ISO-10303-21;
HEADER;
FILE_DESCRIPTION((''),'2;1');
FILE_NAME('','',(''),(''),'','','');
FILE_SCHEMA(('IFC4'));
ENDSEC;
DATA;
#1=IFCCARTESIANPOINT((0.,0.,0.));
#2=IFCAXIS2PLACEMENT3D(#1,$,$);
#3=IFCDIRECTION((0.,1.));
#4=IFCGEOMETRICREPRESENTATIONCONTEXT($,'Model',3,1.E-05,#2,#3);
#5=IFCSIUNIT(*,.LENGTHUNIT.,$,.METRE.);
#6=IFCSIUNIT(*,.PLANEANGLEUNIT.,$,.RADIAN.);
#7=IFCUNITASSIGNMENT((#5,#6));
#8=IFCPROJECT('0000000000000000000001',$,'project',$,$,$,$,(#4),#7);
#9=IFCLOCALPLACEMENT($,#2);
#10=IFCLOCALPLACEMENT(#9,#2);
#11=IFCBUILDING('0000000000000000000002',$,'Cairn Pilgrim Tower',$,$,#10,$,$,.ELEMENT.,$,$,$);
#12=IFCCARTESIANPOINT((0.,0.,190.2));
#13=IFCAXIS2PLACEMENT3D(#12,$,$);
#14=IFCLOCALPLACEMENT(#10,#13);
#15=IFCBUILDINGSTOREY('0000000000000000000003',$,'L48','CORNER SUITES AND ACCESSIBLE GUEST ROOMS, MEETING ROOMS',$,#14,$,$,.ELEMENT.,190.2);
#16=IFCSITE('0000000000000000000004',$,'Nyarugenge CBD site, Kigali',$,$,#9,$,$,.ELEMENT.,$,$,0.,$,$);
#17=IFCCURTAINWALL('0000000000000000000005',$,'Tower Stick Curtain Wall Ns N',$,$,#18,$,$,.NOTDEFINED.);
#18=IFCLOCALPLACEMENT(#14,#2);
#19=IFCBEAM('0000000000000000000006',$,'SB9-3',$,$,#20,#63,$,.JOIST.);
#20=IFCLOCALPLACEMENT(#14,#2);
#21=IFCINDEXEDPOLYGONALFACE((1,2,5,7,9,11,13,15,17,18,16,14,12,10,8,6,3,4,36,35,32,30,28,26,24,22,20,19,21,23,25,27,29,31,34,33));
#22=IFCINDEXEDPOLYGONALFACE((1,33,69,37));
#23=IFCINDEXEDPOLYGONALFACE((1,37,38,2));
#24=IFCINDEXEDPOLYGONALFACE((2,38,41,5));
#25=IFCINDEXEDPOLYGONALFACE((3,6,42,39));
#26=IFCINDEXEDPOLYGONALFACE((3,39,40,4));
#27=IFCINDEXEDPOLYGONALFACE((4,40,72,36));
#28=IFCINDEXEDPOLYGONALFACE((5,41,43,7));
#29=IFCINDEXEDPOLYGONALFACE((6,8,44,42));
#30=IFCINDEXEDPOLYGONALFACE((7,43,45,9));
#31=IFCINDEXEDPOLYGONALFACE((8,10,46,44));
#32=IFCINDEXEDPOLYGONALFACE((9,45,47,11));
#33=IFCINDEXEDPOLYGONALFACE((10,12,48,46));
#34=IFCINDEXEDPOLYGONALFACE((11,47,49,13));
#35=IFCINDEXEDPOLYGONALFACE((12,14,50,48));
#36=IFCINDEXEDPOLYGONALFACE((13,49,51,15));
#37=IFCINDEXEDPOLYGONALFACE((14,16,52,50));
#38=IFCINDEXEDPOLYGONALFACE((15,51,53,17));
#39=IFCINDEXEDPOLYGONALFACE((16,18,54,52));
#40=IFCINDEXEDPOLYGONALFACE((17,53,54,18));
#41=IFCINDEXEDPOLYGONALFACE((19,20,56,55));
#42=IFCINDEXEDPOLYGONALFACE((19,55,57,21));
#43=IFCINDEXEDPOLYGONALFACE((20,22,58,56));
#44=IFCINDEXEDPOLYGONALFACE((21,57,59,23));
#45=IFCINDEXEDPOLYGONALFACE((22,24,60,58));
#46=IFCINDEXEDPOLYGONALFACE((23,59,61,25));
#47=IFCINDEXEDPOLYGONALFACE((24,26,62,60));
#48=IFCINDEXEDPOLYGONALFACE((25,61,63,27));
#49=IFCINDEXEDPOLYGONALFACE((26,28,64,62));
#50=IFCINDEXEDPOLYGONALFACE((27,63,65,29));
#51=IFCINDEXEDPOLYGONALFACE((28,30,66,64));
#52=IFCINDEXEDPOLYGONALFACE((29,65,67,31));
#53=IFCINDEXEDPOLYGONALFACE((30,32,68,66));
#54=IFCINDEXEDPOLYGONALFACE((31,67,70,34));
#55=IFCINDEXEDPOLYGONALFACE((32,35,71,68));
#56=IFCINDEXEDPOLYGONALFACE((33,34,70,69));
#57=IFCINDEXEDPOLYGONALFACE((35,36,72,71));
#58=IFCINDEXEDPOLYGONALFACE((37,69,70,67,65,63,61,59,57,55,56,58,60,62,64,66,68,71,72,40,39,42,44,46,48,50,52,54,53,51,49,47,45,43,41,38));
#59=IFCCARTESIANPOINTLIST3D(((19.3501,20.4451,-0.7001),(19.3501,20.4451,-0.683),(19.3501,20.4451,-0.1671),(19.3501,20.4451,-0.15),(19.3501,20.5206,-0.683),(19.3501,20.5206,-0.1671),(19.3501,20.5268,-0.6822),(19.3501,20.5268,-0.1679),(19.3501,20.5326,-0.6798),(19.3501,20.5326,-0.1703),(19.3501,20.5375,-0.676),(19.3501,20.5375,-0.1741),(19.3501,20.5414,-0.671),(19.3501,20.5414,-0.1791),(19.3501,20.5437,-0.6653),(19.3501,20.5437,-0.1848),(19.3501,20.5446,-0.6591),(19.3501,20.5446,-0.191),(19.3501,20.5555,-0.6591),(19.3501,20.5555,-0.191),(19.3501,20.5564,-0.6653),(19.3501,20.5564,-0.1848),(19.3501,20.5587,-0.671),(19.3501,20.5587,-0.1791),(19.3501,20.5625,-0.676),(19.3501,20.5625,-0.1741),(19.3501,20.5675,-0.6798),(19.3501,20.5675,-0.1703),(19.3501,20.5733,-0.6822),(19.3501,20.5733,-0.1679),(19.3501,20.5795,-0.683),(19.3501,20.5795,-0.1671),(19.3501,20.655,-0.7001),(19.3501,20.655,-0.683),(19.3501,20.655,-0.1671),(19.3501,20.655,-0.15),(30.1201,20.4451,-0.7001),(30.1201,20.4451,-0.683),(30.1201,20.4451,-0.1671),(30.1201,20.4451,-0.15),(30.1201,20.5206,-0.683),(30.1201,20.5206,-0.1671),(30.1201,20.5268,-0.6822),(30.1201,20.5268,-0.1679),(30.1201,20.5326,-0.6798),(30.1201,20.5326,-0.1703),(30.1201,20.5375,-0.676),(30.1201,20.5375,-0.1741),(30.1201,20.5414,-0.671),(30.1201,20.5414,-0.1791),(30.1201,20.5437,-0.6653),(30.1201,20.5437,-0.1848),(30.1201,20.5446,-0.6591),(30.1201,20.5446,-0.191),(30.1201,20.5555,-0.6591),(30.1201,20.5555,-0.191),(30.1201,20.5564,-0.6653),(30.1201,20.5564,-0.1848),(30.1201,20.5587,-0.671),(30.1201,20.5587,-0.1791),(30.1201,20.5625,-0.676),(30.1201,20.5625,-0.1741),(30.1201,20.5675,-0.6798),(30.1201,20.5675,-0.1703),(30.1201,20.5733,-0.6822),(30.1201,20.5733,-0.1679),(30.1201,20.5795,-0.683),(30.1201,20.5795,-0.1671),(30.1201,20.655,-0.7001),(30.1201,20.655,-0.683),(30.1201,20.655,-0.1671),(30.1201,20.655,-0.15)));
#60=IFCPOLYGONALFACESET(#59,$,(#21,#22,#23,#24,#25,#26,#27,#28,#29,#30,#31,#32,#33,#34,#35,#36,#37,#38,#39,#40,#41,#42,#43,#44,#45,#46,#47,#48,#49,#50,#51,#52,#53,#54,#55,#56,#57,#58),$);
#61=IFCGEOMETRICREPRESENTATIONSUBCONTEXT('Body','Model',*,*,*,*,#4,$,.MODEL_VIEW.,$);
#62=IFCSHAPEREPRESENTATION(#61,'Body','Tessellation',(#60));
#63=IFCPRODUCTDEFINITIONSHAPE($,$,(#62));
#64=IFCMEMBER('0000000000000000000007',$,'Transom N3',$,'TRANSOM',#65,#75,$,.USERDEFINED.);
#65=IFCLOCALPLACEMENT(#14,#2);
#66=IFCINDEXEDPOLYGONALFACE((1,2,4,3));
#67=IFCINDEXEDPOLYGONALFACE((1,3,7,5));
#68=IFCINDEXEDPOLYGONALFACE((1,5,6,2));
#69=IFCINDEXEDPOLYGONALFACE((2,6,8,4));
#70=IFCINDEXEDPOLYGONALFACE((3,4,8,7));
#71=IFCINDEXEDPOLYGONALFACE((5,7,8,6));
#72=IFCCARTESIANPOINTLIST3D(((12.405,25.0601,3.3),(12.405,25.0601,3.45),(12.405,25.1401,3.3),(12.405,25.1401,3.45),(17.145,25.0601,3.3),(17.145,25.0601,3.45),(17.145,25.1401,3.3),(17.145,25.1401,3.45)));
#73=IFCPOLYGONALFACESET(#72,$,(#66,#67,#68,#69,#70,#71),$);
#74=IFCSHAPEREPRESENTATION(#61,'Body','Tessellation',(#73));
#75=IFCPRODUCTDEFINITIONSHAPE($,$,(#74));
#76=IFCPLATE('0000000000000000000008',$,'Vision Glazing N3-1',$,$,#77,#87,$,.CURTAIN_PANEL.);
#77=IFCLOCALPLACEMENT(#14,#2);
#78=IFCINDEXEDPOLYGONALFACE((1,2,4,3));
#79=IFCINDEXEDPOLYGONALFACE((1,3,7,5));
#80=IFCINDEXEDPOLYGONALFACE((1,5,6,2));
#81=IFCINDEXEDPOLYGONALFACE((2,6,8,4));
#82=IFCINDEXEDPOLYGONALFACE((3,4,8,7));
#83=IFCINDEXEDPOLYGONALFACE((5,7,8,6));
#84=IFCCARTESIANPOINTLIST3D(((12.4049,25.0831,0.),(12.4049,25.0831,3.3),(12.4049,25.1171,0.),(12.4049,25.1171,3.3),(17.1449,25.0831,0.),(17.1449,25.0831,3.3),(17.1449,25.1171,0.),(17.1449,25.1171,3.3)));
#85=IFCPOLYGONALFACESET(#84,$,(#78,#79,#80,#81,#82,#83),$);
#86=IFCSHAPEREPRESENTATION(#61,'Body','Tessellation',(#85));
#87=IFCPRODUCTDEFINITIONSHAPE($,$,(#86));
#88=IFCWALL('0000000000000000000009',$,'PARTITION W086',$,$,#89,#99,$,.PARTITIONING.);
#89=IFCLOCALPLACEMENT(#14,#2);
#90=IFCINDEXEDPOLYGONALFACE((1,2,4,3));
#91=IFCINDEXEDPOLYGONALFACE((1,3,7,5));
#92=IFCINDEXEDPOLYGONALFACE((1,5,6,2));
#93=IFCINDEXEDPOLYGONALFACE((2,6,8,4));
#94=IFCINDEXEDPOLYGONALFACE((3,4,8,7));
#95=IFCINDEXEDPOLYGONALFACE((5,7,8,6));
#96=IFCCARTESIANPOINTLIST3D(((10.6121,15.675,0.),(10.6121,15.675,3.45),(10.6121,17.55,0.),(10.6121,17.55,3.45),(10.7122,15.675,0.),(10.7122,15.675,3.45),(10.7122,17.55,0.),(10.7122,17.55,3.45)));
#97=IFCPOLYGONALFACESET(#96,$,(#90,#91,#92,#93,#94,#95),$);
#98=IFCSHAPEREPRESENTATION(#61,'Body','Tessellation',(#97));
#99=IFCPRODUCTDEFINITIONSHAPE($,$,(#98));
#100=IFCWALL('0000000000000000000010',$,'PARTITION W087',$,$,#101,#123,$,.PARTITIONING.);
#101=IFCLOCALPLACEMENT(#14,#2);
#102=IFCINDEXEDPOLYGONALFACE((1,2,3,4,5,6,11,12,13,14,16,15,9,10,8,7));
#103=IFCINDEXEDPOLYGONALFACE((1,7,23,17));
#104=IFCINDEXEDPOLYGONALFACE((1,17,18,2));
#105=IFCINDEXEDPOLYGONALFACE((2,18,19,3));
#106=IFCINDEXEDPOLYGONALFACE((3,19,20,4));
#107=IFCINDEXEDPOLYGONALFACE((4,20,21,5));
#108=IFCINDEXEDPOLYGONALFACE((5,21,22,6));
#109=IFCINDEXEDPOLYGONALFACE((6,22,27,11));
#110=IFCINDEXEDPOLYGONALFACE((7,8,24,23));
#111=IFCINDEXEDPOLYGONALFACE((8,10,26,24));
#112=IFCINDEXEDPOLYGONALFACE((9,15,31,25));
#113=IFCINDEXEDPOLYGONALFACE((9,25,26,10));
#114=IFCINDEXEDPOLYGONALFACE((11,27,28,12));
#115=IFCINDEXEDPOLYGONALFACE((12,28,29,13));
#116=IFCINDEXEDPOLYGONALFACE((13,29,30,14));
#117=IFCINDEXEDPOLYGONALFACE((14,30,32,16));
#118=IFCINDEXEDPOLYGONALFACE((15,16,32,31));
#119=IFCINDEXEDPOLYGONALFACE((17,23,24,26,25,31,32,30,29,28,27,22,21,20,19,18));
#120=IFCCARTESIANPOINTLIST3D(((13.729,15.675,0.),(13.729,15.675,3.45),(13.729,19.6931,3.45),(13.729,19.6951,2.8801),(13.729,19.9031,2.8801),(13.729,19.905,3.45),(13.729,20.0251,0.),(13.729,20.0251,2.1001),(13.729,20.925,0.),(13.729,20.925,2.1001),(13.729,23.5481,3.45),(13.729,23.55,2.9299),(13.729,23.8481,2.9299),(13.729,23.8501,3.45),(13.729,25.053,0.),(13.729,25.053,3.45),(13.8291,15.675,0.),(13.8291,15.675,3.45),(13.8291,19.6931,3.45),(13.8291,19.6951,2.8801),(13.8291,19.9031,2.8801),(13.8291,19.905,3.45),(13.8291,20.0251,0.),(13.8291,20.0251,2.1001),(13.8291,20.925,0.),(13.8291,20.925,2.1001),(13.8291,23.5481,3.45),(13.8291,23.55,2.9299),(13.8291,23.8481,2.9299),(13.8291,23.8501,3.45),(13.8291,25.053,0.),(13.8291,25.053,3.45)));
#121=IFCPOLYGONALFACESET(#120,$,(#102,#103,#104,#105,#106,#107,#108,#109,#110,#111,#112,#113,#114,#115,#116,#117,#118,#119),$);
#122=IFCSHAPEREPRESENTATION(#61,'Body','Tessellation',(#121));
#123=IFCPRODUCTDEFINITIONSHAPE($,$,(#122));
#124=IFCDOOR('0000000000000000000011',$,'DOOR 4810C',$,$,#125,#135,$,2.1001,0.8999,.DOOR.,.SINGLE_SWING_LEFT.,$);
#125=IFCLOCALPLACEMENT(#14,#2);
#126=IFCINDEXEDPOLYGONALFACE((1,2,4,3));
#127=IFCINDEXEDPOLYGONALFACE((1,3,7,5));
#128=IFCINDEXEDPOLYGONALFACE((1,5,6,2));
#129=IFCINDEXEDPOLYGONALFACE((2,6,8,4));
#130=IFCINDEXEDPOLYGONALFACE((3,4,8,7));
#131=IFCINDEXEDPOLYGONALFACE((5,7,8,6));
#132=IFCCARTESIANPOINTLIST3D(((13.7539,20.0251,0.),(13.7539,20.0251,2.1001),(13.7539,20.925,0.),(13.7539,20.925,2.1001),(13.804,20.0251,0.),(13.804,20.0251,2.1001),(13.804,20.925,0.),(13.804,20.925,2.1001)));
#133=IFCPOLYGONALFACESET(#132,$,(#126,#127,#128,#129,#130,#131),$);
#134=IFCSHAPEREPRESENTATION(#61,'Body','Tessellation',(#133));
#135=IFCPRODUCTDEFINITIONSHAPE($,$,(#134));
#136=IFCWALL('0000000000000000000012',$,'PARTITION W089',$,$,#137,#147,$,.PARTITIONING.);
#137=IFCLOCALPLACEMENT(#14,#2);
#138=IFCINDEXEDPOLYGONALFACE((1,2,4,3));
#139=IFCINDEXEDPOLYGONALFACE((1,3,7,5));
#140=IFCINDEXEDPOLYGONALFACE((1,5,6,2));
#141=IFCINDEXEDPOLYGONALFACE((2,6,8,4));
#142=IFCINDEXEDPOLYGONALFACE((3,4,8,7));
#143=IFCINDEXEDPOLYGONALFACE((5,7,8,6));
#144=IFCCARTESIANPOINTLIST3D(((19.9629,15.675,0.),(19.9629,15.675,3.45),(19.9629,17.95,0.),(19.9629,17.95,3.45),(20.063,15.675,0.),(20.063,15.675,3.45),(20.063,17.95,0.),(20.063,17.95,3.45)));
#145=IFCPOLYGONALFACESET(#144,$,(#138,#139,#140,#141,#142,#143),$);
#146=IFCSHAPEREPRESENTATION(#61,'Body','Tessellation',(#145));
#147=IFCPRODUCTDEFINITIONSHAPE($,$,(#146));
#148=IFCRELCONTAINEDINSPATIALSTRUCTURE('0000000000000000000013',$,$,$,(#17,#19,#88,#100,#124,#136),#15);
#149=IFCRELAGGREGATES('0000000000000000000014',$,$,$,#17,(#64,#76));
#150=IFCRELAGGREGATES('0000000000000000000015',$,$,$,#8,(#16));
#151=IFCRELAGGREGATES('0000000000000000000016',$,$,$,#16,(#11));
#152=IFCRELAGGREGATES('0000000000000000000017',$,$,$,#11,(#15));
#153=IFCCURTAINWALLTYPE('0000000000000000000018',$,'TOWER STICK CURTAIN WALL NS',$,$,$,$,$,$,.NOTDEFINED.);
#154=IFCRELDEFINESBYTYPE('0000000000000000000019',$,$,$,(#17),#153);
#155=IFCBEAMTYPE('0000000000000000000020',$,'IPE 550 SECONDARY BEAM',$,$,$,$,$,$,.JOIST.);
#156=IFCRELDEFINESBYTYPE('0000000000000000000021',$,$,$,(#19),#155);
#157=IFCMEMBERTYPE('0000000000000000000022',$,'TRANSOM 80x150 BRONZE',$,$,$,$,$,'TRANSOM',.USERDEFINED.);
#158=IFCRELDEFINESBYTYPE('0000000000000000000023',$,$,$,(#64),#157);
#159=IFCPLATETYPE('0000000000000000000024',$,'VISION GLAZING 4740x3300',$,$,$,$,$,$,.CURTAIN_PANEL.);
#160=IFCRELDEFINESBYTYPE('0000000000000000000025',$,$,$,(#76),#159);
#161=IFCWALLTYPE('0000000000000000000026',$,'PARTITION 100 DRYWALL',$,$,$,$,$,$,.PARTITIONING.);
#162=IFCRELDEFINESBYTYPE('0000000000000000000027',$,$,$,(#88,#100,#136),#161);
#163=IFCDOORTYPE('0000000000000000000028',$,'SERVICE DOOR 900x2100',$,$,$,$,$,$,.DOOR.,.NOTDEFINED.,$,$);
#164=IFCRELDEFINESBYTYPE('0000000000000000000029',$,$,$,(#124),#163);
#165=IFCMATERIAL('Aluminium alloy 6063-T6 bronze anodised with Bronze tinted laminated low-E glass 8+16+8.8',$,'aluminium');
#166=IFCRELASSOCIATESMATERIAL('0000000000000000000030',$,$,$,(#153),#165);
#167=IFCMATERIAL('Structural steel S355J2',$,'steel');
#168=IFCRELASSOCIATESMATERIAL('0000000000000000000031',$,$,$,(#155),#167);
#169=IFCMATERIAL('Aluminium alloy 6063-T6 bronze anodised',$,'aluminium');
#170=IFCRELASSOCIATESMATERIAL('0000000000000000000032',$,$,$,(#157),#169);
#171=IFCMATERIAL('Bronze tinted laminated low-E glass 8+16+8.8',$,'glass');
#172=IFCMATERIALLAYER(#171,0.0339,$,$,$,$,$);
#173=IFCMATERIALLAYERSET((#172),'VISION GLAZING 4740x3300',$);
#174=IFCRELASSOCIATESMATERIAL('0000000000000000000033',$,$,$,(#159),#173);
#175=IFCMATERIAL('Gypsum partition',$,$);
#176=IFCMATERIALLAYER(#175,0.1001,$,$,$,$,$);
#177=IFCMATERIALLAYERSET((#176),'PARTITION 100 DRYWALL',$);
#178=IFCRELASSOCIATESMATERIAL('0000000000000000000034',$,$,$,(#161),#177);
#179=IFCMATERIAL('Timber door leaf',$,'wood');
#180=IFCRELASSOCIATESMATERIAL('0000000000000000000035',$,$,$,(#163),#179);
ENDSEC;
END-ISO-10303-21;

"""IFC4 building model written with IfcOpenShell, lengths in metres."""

from ifc_helpers import new_model, si_unit, direction, frame, frame_2d, origin, origin_2d, place, context, subcontext, project, spatial, polyline, rectangle, i_section, outline, extrude, material, layer, layer_set, material_profile, profile_set, type_object, element, fill, aggregate, save


model = new_model("IFC4")

# Units and contexts
model_context = context("Model", 3, precision=1e-05, world=origin(), true_north=direction((0.0, 1.0)))
body_context = subcontext(model_context, "Body", "Model", "MODEL_VIEW")
ifc_project = project(units=[si_unit("LENGTHUNIT", "METRE"), si_unit("PLANEANGLEUNIT", "RADIAN")], contexts=[model_context])

# Site, building, storey
site_placement = place(None, origin())
site = spatial("IfcSite", under=ifc_project, at=site_placement, Name="Nyarugenge CBD site, Kigali", CompositionType="ELEMENT", RefElevation=0.0)
building_placement = place(site_placement, origin())
building = spatial("IfcBuilding", under=site, at=building_placement, Name="Cairn Pilgrim Tower", CompositionType="ELEMENT")
storey_placement = place(building_placement, frame((0.0, 0.0, 190.2)))
storey = spatial("IfcBuildingStorey", under=building, at=storey_placement, Name="L48", Description="CORNER SUITES AND ACCESSIBLE GUEST ROOMS, MEETING ROOMS", CompositionType="ELEMENT", Elevation=190.2)

# Shared definitions
ifc_material_1 = material(Name="Structural steel S355J2", Category="steel")

# Curtain wall
ifc_material_2 = material(Name="Aluminium alloy 6063-T6 bronze anodised with Bronze tinted laminated low-E glass 8+16+8.8", Category="aluminium")
curtain_wall_type = type_object("IfcCurtainWallType", Name="TOWER STICK CURTAIN WALL NS", PredefinedType="NOTDEFINED", material=ifc_material_2)
curtain_wall_placement = place(storey_placement, origin())
curtain_wall = element("IfcCurtainWall", 1, at=curtain_wall_placement, inside=storey, type_object=curtain_wall_type, Name="Tower Stick Curtain Wall Ns N", PredefinedType="NOTDEFINED")
ifc_material_3 = material(Name="Aluminium alloy 6063-T6 bronze anodised", Category="aluminium")

# Beam
ifc_material_profile_1 = material_profile(ifc_material_1, i_section(OverallWidth=0.21, OverallDepth=0.55, WebThickness=0.011, FlangeThickness=0.0171, FilletRadius=0.0239, at=origin_2d()), Name="IPE 550")
ifc_profile_set_1 = profile_set([ifc_material_profile_1], Name="Structural steel S355J2")
beam_type_1 = type_object("IfcBeamType", Name="IPE 550 SECONDARY BEAM", PredefinedType="JOIST", material=ifc_profile_set_1)
beam_1_placement = place(storey_placement, frame((19.3501, 20.55, -0.425), z_axis=(1.0, 0.0, 0.0), x_axis=(0.0, 1.0, 0.0)))
element("IfcBeam", 2, at=beam_1_placement, inside=storey, type_object=beam_type_1, Name="SB9-3", PredefinedType="JOIST", context=body_context, shape_type="SweptSolid", body=[
    extrude(i_section(OverallWidth=0.21, OverallDepth=0.55, WebThickness=0.011, FlangeThickness=0.0171, FilletRadius=0.0239, at=origin_2d()), origin(), (0.0, 0.0, 1.0), 10.77),
])

# Member
ifc_material_profile_2 = material_profile(ifc_material_3, rectangle(XDim=0.0801, YDim=0.1499, at=origin_2d()), Name="TRANSOM 80x150 BRONZE")
ifc_profile_set_2 = profile_set([ifc_material_profile_2], Name="Aluminium alloy 6063-T6 bronze anodised")
member_type_1 = type_object("IfcMemberType", Name="TRANSOM 80x150 BRONZE", ElementType="TRANSOM", PredefinedType="USERDEFINED", material=ifc_profile_set_2)
member_1_placement = place(storey_placement, frame((17.145, 25.1001, 3.375), z_axis=(-1.0, 0.0, 0.0), x_axis=(0.0, -1.0, 0.0)))
member_1 = element("IfcMember", 3, at=member_1_placement, type_object=member_type_1, Name="Transom N3", ObjectType="TRANSOM", PredefinedType="USERDEFINED", context=body_context, shape_type="SweptSolid", body=[
    extrude(rectangle(XDim=0.0801, YDim=0.1499, at=origin_2d()), origin(), (0.0, 0.0, 1.0), 4.74),
])

# Plate
ifc_material_4 = material(Name="Bronze tinted laminated low-E glass 8+16+8.8", Category="glass")
ifc_layer_1 = layer(ifc_material_4, 0.0339)
ifc_layer_set_1 = layer_set([ifc_layer_1], Name="VISION GLAZING 4740x3300")
plate_type = type_object("IfcPlateType", Name="VISION GLAZING 4740x3300", PredefinedType="CURTAIN_PANEL", material=ifc_layer_set_1)
plate_placement = place(storey_placement, frame((14.7749, 25.1001, 0.0), z_axis=(0.0, 0.0, 1.0), x_axis=(-1.0, 0.0, 0.0)))
plate = element("IfcPlate", 4, at=plate_placement, type_object=plate_type, Name="Vision Glazing N3-1", PredefinedType="CURTAIN_PANEL", context=body_context, shape_type="SweptSolid", body=[
    extrude(rectangle(XDim=4.74, YDim=0.0339, at=origin_2d()), origin(), (0.0, 0.0, 1.0), 3.3),
])
aggregate(curtain_wall, [member_1, plate])

# Wall
ifc_material_5 = material(Name="Gypsum partition")
ifc_layer_2 = layer(ifc_material_5, 0.1001)
ifc_layer_set_2 = layer_set([ifc_layer_2], Name="PARTITION 100 DRYWALL")
wall_type_1 = type_object("IfcWallType", Name="PARTITION 100 DRYWALL", PredefinedType="PARTITIONING", material=ifc_layer_set_2)
wall_1_placement = place(storey_placement, frame((10.6621, 15.675, 0.0), z_axis=(0.0, 0.0, 1.0), x_axis=(0.0, 1.0, 0.0)))
element("IfcWall", 5, at=wall_1_placement, inside=storey, type_object=wall_type_1, Name="PARTITION W086", PredefinedType="PARTITIONING", context=body_context, shape_type="SweptSolid", body=[
    extrude(rectangle(XDim=1.875, YDim=0.1001, at=frame_2d((0.9375, 0.0))), origin(), (0.0, 0.0, 1.0), 3.45),
])

# Wall, opening, door
wall_2_placement = place(storey_placement, frame((13.7791, 15.675, 0.0), z_axis=(0.0, 0.0, 1.0), x_axis=(0.0, 1.0, 0.0)))
wall_2 = element("IfcWall", 6, at=wall_2_placement, inside=storey, type_object=wall_type_1, Name="PARTITION W087", PredefinedType="PARTITIONING", context=body_context, shape_type="SweptSolid", body=[
    extrude(outline(polyline([(0.0, 0.0), (9.3779, 0.0), (9.3779, 3.45), (8.175, 3.45), (8.1731, 2.9299), (7.875, 2.9299), (7.873, 3.45), (4.23, 3.45), (4.228, 2.8801), (4.02, 2.8801), (4.0181, 3.45), (0.0, 3.45), (0.0, 0.0)])), frame((0.0, 0.05, 0.0), z_axis=(0.0, -1.0, 0.0), x_axis=(1.0, 0.0, 0.0)), (0.0, 0.0, 1.0), 0.1001),
])
opening_1_placement = place(wall_2_placement, frame((4.3501, 0.0, 0.0)))
opening_1 = element("IfcOpeningElement", 7, at=opening_1_placement, cuts=wall_2, PredefinedType="OPENING", context=body_context, shape_type="SweptSolid", body=[
    extrude(rectangle(XDim=0.8999, YDim=2.1001, at=frame_2d((0.45, 1.05))), frame((0.0, 0.0601, 0.0), z_axis=(0.0, -1.0, 0.0), x_axis=(1.0, 0.0, 0.0)), (0.0, 0.0, 1.0), 0.1201),
])
ifc_material_6 = material(Name="Timber door leaf", Category="wood")
door_type_1 = type_object("IfcDoorType", Name="SERVICE DOOR 900x2100", OperationType="NOTDEFINED", PredefinedType="DOOR", material=ifc_material_6)
door_1_placement = place(opening_1_placement, frame((0.8999, 0.0, 0.0), z_axis=(0.0, 0.0, 1.0), x_axis=(-1.0, 0.0, 0.0)))
door_1 = element("IfcDoor", 8, at=door_1_placement, inside=storey, type_object=door_type_1, Name="DOOR 4810C", OperationType="SINGLE_SWING_LEFT", OverallHeight=2.1001, OverallWidth=0.8999, PredefinedType="DOOR", context=body_context, shape_type="SweptSolid", body=[
    extrude(rectangle(XDim=0.8999, YDim=2.1001, at=frame_2d((0.45, 1.05))), frame((0.0, 0.0249, 0.0), z_axis=(0.0, -1.0, 0.0), x_axis=(1.0, 0.0, 0.0)), (0.0, 0.0, 1.0), 0.05),
])
fill(opening_1, door_1)

# Wall
wall_3_placement = place(storey_placement, frame((20.0129, 15.675, 0.0), z_axis=(0.0, 0.0, 1.0), x_axis=(0.0, 1.0, 0.0)))
element("IfcWall", 9, at=wall_3_placement, inside=storey, type_object=wall_type_1, Name="PARTITION W089", PredefinedType="PARTITIONING", context=body_context, shape_type="SweptSolid", body=[
    extrude(rectangle(XDim=2.2749, YDim=0.1001, at=frame_2d((1.1375, 0.0))), origin(), (0.0, 0.0, 1.0), 3.45),
])

save(model, "model.ifc")
